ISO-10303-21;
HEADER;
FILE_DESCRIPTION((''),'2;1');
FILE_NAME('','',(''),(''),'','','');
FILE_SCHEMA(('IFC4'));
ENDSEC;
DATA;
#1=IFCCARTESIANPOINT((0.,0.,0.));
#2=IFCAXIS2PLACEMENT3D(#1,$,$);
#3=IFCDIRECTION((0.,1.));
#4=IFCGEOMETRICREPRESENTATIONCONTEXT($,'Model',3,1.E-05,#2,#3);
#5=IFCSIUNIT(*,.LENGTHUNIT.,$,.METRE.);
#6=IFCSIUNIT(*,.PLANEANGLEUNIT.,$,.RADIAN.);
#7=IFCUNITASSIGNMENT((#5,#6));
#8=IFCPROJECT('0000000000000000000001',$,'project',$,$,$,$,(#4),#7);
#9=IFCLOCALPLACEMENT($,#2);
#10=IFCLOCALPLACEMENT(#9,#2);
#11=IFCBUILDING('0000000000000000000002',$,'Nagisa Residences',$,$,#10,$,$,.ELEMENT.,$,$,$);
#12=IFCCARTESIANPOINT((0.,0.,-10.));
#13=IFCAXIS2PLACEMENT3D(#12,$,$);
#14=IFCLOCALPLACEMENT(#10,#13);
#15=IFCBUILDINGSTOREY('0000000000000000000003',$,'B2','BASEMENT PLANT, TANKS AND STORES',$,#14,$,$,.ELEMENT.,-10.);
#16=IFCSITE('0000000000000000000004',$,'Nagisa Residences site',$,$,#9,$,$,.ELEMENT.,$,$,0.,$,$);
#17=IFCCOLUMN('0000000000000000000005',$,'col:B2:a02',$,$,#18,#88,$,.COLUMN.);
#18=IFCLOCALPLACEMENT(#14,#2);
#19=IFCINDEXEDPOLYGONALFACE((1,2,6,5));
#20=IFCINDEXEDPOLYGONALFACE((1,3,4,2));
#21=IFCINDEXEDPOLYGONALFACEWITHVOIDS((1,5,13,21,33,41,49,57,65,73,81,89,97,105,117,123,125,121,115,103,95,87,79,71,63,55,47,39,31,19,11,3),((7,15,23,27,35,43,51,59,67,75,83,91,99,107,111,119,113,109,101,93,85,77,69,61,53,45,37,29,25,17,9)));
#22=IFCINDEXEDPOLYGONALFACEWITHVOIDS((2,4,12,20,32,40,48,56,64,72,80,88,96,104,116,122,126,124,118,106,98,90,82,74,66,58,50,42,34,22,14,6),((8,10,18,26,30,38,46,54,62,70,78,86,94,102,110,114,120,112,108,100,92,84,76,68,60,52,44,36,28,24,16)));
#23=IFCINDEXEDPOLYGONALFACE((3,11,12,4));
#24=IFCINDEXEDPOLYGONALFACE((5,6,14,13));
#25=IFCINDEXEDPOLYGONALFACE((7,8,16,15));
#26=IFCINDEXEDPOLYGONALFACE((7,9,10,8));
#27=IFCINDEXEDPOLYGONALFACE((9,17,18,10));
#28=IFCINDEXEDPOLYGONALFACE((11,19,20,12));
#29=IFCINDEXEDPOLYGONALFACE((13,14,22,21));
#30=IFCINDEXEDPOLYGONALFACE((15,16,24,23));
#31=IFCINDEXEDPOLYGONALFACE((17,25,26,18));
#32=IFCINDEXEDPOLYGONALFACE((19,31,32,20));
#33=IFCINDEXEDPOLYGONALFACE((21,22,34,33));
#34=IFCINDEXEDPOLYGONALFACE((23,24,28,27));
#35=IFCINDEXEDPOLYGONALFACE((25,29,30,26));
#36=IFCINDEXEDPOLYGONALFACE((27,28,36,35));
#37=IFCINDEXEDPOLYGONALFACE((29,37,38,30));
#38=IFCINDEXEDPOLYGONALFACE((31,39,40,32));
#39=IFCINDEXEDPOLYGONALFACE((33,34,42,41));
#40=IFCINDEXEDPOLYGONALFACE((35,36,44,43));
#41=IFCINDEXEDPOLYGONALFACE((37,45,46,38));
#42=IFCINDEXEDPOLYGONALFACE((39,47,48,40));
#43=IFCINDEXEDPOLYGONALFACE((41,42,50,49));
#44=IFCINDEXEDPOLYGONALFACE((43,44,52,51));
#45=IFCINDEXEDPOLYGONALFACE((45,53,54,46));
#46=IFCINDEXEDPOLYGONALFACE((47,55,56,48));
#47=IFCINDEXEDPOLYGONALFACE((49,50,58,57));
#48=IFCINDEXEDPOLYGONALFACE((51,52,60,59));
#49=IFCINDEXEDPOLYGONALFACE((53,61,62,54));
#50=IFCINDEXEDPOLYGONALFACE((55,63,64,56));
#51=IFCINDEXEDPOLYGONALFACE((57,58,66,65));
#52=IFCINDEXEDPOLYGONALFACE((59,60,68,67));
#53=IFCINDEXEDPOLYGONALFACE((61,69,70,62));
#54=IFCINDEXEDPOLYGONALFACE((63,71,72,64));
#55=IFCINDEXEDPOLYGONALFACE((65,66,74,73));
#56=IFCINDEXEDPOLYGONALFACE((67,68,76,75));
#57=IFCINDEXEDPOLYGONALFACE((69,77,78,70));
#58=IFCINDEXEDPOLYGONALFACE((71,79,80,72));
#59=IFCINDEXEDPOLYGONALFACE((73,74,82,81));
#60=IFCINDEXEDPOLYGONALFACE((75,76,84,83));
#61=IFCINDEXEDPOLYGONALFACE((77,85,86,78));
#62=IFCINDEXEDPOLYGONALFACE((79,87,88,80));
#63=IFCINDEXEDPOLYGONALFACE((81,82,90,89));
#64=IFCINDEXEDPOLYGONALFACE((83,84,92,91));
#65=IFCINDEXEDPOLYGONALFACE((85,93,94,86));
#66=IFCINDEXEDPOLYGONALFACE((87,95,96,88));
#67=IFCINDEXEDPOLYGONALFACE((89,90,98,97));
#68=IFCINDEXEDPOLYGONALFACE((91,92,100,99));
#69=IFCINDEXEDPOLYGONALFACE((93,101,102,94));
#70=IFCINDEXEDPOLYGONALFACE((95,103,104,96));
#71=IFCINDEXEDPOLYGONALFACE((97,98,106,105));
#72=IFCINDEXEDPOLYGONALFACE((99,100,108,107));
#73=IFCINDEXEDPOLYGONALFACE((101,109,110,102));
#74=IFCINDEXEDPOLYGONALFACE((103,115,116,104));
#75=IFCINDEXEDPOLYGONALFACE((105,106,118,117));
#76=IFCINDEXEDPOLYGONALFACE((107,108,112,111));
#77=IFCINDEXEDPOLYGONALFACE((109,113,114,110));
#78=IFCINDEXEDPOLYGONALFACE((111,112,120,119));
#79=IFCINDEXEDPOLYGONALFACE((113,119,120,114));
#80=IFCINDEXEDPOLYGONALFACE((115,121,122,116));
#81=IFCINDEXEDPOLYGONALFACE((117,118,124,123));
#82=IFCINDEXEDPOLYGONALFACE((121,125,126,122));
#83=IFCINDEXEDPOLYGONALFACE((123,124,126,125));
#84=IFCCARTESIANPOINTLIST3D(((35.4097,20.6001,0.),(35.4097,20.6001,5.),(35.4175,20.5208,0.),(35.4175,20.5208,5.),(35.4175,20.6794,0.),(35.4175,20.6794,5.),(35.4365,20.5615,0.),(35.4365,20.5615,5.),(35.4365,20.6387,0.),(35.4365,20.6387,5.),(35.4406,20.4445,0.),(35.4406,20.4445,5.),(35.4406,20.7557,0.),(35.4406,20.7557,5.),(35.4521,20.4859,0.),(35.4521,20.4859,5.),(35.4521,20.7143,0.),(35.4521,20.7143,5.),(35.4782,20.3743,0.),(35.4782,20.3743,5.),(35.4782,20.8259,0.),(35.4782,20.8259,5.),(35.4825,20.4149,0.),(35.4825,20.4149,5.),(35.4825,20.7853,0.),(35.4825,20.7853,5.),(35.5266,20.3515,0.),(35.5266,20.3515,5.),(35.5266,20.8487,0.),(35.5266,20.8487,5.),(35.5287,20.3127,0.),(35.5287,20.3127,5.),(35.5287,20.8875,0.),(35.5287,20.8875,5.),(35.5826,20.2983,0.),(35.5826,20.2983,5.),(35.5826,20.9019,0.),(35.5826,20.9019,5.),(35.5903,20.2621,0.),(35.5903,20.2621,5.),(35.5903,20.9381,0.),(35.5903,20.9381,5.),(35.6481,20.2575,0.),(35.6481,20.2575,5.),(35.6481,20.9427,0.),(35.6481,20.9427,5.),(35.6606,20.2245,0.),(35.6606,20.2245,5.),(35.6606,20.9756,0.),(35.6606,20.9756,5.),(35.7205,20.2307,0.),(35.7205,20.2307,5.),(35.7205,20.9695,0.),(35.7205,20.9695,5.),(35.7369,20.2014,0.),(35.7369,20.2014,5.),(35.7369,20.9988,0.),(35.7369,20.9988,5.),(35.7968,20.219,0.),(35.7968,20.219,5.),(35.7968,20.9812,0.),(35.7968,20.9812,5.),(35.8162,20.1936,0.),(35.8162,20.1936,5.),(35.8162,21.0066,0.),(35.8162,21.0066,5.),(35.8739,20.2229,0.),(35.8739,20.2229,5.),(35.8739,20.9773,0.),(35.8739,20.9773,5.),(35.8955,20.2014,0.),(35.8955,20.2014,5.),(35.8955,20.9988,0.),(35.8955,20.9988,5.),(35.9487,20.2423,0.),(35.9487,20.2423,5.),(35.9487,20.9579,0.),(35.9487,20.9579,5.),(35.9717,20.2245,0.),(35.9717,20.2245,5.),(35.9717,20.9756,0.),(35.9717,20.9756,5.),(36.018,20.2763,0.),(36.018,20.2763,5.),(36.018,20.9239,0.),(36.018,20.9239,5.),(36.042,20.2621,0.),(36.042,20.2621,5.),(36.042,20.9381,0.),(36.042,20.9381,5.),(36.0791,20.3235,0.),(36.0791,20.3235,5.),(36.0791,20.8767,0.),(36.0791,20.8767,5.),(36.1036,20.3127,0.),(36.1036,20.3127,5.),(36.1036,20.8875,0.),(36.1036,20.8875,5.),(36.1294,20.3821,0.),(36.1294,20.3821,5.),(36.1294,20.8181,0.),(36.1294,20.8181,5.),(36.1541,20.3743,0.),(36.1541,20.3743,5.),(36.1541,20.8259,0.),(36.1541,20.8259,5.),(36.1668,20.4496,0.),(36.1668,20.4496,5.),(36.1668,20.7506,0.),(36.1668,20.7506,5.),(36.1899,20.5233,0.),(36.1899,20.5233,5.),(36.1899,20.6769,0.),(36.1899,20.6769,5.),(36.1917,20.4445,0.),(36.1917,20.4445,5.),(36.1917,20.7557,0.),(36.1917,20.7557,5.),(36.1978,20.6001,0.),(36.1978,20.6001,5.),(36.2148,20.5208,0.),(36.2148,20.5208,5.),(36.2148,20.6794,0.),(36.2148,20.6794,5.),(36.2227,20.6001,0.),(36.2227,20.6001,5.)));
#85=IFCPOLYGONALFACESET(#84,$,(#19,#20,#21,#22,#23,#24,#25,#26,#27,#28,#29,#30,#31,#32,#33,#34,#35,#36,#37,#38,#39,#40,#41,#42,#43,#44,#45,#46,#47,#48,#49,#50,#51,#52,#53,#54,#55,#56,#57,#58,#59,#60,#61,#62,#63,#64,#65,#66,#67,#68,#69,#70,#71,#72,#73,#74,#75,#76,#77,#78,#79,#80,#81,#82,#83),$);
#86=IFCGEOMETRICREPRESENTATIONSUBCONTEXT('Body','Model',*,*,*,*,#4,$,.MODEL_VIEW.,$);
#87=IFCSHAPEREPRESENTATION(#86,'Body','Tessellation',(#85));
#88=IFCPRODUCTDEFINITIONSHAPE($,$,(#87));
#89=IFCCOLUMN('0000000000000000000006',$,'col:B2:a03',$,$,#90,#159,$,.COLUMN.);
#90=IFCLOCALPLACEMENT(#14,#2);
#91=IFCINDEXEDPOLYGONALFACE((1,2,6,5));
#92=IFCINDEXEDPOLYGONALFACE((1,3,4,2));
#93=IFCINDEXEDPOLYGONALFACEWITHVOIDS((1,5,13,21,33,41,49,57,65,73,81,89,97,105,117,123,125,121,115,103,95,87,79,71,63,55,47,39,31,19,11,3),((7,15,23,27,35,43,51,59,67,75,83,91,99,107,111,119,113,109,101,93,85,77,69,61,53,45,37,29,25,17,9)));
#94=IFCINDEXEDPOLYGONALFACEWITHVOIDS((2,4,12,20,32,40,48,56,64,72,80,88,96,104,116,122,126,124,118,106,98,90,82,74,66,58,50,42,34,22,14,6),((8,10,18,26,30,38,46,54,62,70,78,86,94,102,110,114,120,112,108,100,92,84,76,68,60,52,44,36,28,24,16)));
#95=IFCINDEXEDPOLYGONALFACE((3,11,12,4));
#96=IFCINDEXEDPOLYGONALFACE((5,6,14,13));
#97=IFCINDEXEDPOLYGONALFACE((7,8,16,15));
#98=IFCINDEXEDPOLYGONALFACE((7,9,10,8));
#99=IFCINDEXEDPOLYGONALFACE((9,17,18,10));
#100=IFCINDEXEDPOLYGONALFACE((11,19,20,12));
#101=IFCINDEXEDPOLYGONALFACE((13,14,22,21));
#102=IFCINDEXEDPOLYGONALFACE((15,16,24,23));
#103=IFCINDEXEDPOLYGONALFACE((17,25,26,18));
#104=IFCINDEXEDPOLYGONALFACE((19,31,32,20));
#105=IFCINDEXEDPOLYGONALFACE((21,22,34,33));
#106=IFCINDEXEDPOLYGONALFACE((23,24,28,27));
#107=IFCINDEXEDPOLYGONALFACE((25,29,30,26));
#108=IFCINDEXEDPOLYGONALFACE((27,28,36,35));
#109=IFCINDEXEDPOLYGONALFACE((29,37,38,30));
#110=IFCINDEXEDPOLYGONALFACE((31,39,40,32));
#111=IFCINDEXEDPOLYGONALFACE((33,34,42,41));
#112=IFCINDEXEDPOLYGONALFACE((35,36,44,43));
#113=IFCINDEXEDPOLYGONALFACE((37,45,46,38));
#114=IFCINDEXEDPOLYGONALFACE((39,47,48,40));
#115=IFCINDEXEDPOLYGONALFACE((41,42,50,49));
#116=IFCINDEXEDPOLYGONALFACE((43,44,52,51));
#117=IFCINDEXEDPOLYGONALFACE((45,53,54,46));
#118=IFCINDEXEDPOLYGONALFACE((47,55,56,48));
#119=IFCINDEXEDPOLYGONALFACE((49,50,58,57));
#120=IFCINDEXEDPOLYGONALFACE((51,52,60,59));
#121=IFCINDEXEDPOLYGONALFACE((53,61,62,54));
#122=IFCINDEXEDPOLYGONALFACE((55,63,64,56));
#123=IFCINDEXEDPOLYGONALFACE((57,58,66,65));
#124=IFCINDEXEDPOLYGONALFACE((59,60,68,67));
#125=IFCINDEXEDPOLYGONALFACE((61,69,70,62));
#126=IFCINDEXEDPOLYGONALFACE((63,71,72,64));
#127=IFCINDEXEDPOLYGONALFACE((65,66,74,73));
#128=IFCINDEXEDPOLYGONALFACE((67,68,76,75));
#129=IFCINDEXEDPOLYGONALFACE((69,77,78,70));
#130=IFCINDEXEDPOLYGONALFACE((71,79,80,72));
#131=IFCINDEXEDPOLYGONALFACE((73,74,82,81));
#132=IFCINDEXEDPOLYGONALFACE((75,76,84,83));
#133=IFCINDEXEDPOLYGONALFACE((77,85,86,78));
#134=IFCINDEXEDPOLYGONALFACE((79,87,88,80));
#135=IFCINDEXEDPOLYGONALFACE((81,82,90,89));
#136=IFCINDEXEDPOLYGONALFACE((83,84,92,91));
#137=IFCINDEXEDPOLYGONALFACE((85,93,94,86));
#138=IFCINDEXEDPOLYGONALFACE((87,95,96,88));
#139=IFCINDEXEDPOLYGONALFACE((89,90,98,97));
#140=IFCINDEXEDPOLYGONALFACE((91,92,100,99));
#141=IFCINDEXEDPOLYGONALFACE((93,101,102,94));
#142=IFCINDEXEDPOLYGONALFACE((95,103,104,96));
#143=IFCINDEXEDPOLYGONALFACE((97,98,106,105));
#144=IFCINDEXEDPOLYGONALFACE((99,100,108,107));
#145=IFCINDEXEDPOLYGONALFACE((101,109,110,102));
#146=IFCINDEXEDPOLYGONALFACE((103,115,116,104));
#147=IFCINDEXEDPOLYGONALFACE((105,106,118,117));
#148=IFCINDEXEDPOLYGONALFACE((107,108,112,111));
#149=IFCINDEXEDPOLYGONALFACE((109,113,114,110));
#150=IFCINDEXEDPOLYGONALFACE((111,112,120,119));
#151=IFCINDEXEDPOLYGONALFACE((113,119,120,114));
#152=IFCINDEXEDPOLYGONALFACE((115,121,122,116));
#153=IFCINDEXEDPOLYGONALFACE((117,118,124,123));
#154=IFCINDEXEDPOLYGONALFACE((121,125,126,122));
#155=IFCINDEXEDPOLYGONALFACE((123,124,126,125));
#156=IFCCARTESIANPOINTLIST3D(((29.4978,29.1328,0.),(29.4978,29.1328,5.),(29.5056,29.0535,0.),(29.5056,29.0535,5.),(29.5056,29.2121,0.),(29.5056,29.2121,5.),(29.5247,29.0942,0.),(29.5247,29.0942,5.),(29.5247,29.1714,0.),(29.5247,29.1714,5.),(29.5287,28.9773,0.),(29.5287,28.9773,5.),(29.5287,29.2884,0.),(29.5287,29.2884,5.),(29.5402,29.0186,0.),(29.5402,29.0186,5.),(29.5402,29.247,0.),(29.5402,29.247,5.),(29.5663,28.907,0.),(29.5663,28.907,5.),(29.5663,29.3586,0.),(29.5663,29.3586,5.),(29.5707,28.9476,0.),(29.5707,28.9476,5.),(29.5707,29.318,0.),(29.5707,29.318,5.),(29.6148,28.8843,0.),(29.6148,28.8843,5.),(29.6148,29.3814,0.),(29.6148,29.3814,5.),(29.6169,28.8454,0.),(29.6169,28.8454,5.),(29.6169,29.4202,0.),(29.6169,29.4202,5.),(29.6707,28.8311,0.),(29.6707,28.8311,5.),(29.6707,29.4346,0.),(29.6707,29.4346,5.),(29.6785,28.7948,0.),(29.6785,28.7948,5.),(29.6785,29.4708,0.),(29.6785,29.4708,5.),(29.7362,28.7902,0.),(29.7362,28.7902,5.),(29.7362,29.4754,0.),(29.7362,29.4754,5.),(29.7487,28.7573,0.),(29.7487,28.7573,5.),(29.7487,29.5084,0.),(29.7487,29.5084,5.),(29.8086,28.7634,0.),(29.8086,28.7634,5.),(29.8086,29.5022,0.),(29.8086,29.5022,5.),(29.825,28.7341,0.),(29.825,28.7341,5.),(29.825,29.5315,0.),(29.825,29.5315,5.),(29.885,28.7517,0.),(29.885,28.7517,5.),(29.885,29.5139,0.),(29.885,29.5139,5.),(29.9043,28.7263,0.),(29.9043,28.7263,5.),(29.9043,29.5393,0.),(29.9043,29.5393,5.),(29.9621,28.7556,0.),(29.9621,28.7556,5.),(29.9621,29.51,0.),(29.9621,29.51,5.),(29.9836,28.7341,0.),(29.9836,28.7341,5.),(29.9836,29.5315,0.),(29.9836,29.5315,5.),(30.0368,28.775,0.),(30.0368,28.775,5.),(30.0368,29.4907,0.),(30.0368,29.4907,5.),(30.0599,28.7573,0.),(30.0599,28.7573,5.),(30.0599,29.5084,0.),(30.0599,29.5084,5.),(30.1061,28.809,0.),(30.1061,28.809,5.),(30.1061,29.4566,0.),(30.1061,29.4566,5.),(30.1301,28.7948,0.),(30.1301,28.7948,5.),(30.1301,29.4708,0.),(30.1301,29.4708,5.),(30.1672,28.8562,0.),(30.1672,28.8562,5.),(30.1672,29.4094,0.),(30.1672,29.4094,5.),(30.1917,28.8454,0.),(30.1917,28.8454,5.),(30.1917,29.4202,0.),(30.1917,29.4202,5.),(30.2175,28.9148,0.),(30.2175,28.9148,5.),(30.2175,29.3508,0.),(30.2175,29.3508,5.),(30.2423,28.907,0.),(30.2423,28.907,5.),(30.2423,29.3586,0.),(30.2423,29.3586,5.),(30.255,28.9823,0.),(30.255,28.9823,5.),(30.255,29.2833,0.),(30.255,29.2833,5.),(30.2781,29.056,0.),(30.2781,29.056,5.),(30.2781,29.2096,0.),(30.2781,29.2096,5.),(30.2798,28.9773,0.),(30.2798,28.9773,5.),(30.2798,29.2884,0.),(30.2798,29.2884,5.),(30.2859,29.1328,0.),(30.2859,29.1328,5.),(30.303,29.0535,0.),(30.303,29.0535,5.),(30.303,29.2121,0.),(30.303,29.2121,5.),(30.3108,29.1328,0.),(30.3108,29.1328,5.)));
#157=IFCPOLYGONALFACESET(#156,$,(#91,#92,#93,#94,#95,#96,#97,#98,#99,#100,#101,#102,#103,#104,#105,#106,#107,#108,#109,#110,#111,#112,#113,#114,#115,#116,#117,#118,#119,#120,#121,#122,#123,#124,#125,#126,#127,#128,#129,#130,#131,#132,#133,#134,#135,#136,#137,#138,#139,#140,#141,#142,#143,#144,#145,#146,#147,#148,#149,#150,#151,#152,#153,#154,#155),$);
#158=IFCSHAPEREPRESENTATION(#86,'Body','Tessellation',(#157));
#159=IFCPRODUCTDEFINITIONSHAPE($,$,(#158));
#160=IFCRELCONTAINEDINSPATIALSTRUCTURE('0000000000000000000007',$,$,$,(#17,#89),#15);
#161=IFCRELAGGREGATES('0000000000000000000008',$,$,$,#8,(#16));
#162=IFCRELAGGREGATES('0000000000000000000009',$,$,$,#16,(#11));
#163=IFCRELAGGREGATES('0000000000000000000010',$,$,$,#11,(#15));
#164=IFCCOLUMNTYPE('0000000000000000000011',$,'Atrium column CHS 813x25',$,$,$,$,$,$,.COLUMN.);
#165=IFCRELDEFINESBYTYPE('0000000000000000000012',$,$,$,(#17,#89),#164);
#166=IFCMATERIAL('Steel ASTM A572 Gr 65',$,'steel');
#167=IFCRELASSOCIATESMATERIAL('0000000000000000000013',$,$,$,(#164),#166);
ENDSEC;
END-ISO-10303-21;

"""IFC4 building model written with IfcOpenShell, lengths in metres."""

from ifc_helpers import new_model, si_unit, direction, frame, origin, origin_2d, place, context, subcontext, project, spatial, hollow_circle, extrude, material, material_profile, profile_set, type_object, element, save


model = new_model("IFC4")

# Units and contexts
model_context = context("Model", 3, precision=1e-05, world=origin(), true_north=direction((0.0, 1.0)))
body_context = subcontext(model_context, "Body", "Model", "MODEL_VIEW")
ifc_project = project(units=[si_unit("LENGTHUNIT", "METRE"), si_unit("PLANEANGLEUNIT", "RADIAN")], contexts=[model_context])

# Site, building, storey
site_placement = place(None, origin())
site = spatial("IfcSite", under=ifc_project, at=site_placement, Name="Nagisa Residences site", CompositionType="ELEMENT", RefElevation=0.0)
building_placement = place(site_placement, origin())
building = spatial("IfcBuilding", under=site, at=building_placement, Name="Nagisa Residences", CompositionType="ELEMENT")
storey_placement = place(building_placement, frame((0.0, 0.0, -10.0)))
storey = spatial("IfcBuildingStorey", under=building, at=storey_placement, Name="B2", Description="BASEMENT PLANT, TANKS AND STORES", CompositionType="ELEMENT", Elevation=-10.0)

# Columns
ifc_material_1 = material(Name="Steel ASTM A572 Gr 65", Category="steel")
ifc_material_profile_1 = material_profile(ifc_material_1, hollow_circle(Radius=0.4065, WallThickness=0.0249, at=origin_2d()), Name="CHS 813x25")
ifc_profile_set_1 = profile_set([ifc_material_profile_1], Name="Steel ASTM A572 Gr 65")
column_type_1 = type_object("IfcColumnType", Name="Atrium column CHS 813x25", PredefinedType="COLUMN", material=ifc_profile_set_1)
for number, where, z_axis, x_axis, name in (
    (1, (35.8162, 20.6001, 0.0), (0.0, 0.0, 1.0), (1.0, 0.0, 0.0), "col:B2:a02"),
    (2, (29.9043, 29.1328, 0.0), (0.0, 0.0, 1.0), (1.0, 0.0, 0.0), "col:B2:a03"),
):
    element("IfcColumn", number, at=place(storey_placement, frame(where, z_axis=z_axis, x_axis=x_axis)), inside=storey, type_object=column_type_1, Name=name, PredefinedType="COLUMN", context=body_context, shape_type="SweptSolid", body=[
        extrude(hollow_circle(Radius=0.4065, WallThickness=0.0249, at=origin_2d()), origin(), (0.0, 0.0, 1.0), 5.0),
    ])

save(model, "model.ifc")
